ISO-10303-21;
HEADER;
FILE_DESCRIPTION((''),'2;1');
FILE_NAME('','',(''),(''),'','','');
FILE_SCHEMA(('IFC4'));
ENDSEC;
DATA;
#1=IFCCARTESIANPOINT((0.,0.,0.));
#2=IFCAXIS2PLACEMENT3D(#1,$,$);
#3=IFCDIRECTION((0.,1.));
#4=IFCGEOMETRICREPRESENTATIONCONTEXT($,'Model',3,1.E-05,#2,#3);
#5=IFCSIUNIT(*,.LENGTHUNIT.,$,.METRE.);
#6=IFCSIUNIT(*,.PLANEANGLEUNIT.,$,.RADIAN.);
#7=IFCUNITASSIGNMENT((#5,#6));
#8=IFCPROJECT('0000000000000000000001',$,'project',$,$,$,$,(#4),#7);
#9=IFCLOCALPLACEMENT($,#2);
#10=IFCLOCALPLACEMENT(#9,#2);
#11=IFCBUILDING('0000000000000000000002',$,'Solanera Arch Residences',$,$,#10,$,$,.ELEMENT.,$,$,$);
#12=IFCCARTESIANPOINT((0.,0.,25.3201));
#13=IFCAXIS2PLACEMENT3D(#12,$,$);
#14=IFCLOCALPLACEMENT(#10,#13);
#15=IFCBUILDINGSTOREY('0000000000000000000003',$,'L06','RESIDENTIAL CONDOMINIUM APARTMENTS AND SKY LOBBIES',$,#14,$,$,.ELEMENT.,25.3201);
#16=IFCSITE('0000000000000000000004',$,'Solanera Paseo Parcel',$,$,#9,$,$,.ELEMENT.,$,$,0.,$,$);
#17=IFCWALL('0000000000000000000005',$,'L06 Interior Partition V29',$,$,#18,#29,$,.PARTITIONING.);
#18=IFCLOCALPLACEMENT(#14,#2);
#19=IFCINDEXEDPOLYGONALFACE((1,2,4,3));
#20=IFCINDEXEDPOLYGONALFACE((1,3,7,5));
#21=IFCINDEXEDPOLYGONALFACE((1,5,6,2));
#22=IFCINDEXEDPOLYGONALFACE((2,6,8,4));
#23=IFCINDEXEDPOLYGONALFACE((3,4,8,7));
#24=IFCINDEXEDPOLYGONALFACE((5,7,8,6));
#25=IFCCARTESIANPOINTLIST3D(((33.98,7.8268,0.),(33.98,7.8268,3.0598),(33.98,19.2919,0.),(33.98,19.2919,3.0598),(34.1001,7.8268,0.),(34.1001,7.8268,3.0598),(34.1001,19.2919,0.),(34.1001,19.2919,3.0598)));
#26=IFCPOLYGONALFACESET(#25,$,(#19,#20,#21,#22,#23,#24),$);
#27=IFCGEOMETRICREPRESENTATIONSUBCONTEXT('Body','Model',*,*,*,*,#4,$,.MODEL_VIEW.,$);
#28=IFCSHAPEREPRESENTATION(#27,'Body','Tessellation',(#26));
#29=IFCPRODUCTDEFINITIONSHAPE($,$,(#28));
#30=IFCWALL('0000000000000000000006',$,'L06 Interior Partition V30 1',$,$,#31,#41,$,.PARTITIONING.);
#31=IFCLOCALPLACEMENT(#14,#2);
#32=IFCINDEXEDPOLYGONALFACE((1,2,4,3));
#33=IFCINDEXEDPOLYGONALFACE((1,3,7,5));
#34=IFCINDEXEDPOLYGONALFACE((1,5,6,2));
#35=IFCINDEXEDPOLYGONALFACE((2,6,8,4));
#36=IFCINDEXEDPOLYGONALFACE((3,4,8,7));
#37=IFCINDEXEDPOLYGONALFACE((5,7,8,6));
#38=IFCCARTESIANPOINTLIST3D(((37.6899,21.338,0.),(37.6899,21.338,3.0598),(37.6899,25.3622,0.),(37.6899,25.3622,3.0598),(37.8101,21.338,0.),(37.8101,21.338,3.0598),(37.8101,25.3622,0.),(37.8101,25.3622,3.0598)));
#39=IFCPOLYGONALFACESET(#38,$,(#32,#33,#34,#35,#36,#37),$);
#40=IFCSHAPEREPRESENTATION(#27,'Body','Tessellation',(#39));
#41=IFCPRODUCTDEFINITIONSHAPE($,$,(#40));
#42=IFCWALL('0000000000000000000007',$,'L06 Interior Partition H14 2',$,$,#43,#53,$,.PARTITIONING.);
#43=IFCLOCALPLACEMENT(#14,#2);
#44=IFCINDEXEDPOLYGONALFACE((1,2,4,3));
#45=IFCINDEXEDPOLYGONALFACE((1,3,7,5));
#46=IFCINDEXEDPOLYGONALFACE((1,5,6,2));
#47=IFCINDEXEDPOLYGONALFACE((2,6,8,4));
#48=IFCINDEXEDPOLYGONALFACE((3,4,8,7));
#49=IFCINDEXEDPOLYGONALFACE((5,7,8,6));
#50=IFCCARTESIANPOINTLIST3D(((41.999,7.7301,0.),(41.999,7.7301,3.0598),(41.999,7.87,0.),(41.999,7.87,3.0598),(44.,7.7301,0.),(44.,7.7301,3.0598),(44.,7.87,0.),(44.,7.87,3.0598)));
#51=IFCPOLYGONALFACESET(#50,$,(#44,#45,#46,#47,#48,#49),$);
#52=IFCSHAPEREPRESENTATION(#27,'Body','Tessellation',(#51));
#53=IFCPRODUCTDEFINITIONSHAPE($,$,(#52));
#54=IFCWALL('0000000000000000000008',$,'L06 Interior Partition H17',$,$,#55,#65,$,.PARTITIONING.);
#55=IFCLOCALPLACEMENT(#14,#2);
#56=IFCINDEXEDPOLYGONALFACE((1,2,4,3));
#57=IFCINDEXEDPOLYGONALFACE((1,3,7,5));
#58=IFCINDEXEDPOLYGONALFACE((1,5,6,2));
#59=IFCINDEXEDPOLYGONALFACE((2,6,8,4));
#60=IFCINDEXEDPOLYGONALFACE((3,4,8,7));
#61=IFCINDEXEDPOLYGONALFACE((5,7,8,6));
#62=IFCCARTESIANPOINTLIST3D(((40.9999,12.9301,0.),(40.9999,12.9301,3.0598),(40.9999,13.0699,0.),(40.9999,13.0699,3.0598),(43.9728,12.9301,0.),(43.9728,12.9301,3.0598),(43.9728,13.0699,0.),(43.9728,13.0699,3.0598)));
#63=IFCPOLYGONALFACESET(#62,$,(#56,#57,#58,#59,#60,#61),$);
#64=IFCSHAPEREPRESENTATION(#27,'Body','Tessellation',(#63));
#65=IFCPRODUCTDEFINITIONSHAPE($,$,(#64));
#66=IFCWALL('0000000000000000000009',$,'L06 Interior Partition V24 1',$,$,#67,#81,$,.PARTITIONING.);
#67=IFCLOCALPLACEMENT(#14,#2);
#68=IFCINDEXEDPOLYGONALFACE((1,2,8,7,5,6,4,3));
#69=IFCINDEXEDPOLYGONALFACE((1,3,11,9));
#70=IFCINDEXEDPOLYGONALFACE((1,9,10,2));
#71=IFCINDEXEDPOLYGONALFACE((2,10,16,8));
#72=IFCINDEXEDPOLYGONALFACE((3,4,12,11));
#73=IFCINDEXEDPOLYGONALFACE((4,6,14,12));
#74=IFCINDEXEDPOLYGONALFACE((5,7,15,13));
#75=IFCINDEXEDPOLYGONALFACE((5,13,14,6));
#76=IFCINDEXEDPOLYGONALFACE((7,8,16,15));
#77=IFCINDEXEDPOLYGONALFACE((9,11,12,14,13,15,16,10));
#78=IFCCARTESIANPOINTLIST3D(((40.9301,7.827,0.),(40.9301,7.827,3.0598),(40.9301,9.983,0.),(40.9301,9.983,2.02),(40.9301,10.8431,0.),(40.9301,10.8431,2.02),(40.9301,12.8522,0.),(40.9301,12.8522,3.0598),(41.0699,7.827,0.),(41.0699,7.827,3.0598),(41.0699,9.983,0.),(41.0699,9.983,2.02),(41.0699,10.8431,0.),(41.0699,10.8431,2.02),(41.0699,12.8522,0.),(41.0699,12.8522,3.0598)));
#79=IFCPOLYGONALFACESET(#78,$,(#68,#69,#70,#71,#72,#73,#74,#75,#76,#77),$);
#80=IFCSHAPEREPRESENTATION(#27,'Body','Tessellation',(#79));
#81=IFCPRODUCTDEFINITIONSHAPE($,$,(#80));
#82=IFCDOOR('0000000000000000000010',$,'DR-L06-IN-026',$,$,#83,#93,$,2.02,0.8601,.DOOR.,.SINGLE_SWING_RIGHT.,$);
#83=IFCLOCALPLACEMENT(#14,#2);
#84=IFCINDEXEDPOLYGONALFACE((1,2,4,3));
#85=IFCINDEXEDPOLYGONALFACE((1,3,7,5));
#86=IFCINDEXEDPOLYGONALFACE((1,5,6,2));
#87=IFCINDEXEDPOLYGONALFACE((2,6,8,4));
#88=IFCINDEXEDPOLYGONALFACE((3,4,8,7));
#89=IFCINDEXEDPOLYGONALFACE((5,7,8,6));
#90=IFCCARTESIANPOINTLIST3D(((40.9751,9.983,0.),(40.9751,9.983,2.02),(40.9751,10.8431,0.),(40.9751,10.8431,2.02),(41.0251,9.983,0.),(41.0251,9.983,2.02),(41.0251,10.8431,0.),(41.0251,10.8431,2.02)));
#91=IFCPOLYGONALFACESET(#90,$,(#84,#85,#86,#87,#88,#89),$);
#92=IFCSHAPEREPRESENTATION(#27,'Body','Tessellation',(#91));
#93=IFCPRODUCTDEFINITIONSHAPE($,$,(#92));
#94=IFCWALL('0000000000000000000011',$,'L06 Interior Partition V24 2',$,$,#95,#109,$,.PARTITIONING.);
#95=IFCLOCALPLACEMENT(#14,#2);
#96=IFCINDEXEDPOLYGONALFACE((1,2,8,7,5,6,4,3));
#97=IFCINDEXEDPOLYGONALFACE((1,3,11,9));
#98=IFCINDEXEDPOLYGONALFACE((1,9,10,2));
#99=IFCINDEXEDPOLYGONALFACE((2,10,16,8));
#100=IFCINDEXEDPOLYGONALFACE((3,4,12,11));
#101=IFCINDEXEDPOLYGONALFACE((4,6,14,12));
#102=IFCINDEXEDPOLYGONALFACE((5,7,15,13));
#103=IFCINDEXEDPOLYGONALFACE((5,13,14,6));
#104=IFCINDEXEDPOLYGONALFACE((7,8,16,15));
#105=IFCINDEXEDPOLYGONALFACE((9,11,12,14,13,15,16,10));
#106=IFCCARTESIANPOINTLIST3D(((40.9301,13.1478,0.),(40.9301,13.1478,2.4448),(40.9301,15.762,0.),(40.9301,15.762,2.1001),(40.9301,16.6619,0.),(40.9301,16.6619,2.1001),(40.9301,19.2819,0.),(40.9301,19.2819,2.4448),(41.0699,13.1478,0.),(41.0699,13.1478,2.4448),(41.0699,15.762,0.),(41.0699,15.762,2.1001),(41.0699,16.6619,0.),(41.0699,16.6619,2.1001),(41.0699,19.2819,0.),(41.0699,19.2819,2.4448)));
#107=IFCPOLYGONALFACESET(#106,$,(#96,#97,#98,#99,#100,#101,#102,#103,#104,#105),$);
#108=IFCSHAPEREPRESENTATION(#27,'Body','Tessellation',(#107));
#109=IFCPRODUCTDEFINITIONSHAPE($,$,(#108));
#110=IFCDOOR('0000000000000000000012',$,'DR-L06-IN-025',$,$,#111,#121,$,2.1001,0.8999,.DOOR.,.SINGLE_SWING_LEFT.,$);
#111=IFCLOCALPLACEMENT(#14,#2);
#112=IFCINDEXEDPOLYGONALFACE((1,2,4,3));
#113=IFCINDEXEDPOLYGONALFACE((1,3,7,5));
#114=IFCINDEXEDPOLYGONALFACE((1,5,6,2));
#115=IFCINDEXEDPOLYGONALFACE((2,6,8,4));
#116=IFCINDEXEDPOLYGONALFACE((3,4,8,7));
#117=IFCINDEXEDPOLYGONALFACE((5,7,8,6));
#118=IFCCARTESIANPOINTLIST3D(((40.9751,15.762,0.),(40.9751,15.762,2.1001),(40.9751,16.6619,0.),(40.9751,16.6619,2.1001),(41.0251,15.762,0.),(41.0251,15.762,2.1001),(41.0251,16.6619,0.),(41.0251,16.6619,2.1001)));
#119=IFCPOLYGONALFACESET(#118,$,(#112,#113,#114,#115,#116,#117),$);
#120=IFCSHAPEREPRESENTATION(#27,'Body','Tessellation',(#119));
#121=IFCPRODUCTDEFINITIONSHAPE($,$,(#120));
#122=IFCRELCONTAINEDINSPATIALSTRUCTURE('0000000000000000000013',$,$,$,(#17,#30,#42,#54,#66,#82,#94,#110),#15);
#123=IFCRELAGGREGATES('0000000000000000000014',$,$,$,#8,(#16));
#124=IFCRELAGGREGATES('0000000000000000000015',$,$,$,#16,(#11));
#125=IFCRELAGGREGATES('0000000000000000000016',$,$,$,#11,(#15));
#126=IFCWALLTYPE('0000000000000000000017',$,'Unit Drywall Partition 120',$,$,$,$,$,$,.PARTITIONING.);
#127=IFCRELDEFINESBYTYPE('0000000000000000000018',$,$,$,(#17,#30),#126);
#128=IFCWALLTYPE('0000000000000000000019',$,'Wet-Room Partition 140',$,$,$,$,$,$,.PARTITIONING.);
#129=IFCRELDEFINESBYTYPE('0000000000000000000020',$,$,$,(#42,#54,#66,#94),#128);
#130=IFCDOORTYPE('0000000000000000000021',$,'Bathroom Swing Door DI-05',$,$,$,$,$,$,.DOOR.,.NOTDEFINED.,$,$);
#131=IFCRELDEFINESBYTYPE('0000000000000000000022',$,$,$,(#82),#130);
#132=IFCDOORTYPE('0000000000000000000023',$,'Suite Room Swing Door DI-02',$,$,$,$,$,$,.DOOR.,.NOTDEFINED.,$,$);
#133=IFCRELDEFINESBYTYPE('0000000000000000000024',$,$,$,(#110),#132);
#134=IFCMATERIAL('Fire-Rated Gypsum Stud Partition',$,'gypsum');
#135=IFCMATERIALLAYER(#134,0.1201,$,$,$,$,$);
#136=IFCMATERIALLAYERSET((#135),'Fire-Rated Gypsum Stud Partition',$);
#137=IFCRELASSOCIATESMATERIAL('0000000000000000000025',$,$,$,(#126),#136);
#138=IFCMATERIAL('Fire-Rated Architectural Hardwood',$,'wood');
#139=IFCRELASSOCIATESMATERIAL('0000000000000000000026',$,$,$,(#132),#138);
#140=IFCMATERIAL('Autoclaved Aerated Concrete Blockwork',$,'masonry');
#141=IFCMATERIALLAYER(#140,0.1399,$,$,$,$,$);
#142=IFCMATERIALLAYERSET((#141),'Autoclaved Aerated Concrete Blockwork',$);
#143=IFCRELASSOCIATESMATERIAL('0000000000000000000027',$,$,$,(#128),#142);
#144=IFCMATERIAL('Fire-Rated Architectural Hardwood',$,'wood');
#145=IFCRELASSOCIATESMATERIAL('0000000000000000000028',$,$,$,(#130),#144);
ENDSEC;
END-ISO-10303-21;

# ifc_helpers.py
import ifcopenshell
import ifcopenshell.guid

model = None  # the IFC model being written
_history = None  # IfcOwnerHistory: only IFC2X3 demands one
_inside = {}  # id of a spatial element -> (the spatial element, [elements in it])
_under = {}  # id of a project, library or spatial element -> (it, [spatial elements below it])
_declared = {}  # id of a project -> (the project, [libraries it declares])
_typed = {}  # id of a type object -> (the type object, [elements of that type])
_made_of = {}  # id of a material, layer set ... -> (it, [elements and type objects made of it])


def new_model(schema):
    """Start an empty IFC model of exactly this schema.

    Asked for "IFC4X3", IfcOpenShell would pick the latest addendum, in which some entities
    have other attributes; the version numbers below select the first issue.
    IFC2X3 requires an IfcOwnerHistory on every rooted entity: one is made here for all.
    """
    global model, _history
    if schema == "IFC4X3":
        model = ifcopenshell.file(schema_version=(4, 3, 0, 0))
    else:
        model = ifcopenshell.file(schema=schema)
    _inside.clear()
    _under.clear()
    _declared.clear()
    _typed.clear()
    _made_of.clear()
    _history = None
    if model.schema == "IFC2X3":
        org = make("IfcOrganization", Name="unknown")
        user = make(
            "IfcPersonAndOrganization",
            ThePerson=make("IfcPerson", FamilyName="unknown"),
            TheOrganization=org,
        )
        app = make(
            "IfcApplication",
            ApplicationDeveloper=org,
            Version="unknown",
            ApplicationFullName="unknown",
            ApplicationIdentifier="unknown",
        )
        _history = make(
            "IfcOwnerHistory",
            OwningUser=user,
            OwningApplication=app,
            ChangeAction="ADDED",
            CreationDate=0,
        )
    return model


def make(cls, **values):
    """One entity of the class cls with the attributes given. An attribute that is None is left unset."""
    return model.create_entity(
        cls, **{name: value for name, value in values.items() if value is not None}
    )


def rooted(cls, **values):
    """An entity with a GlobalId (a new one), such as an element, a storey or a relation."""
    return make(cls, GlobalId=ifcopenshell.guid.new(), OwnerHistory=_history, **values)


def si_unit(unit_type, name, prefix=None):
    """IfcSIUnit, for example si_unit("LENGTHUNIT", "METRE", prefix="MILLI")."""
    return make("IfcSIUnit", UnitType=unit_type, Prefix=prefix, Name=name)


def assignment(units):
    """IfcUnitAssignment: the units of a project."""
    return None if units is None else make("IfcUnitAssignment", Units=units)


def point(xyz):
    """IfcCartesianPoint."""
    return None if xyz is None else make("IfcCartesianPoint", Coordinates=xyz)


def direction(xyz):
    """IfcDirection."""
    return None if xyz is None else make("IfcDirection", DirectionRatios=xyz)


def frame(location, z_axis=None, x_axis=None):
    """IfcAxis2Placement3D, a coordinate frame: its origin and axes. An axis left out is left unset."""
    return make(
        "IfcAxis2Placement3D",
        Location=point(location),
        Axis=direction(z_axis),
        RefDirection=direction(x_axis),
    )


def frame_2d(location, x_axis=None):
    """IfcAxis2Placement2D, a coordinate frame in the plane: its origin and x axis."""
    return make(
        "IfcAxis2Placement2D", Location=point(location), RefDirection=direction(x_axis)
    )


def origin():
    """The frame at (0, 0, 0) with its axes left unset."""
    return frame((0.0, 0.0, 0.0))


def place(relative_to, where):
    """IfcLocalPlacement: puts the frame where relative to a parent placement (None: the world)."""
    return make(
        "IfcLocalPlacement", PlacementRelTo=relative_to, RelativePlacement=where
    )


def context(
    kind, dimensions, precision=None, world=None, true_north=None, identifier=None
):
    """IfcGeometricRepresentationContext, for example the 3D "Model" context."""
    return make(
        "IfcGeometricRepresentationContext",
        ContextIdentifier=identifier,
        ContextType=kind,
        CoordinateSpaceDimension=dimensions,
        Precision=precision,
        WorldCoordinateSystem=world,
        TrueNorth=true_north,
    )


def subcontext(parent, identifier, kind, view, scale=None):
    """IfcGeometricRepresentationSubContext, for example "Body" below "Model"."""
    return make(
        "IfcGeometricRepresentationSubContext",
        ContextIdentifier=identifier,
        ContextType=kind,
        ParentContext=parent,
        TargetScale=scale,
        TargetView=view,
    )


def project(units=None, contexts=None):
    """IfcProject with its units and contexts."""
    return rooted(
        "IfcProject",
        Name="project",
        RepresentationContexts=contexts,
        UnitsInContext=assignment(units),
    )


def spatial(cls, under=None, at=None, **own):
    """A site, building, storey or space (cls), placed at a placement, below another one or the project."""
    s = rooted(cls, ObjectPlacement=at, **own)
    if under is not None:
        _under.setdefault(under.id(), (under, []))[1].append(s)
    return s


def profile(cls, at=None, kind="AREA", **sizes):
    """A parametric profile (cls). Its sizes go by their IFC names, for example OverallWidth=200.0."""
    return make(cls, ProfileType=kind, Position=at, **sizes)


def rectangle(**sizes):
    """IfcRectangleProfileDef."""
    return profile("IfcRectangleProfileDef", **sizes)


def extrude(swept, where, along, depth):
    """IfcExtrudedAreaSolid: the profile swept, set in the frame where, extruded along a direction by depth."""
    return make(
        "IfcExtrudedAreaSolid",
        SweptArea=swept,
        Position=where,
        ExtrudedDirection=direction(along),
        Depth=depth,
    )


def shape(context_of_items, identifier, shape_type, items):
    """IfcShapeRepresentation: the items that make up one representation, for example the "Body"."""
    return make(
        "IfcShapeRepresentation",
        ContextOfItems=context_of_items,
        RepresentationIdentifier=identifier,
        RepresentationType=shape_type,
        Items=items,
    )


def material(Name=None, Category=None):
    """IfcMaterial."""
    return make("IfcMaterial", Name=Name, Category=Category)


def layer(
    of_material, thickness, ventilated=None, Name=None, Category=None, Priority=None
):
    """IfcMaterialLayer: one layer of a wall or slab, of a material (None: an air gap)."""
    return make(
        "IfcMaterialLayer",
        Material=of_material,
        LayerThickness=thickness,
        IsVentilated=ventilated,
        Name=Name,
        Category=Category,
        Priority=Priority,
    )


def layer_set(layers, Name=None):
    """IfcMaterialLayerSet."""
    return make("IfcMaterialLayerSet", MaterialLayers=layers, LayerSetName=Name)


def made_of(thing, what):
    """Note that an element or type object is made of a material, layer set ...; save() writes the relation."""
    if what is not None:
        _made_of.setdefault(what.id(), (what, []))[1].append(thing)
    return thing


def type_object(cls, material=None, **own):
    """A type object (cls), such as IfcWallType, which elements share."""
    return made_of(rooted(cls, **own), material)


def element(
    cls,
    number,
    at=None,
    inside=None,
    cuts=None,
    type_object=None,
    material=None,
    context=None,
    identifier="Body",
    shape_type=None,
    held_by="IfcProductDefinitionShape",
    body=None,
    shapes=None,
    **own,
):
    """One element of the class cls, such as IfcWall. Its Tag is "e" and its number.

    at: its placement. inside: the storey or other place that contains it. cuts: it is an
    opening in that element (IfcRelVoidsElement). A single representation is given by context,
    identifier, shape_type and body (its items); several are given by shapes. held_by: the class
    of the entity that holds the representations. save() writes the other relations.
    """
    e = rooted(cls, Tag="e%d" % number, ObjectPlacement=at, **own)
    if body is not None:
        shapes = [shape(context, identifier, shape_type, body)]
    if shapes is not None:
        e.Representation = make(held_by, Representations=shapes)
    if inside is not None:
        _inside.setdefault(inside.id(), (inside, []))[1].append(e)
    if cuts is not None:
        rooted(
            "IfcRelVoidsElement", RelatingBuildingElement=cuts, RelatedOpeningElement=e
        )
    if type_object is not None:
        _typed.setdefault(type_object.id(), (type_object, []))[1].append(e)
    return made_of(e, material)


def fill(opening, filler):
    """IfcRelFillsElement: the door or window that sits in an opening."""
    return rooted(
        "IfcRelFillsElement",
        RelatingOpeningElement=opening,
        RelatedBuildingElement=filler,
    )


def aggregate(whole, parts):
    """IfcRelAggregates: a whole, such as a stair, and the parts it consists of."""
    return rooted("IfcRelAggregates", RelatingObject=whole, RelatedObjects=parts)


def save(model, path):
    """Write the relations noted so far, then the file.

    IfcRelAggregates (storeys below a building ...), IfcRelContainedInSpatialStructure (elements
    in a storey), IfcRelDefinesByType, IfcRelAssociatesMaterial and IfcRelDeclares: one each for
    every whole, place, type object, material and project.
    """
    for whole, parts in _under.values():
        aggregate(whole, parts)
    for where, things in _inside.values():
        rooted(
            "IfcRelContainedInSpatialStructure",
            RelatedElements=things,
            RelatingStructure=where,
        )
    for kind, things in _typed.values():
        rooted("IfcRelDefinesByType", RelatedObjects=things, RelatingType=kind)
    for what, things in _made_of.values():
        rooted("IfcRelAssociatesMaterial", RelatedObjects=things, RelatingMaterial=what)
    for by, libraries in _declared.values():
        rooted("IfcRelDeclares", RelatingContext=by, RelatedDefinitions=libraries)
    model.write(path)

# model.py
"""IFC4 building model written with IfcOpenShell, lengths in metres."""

from ifc_helpers import new_model, si_unit, direction, frame, frame_2d, origin, place, context, subcontext, project, spatial, rectangle, extrude, material, layer, layer_set, type_object, element, fill, save


model = new_model("IFC4")

# Units and contexts
model_context = context("Model", 3, precision=1e-05, world=origin(), true_north=direction((0.0, 1.0)))
body_context = subcontext(model_context, "Body", "Model", "MODEL_VIEW")
ifc_project = project(units=[si_unit("LENGTHUNIT", "METRE"), si_unit("PLANEANGLEUNIT", "RADIAN")], contexts=[model_context])

# Site, building, storey
site_placement = place(None, origin())
site = spatial("IfcSite", under=ifc_project, at=site_placement, Name="Solanera Paseo Parcel", CompositionType="ELEMENT", RefElevation=0.0)
building_placement = place(site_placement, origin())
building = spatial("IfcBuilding", under=site, at=building_placement, Name="Solanera Arch Residences", CompositionType="ELEMENT")
storey_placement = place(building_placement, frame((0.0, 0.0, 25.3201)))
storey = spatial("IfcBuildingStorey", under=building, at=storey_placement, Name="L06", Description="RESIDENTIAL CONDOMINIUM APARTMENTS AND SKY LOBBIES", CompositionType="ELEMENT", Elevation=25.3201)

# Shared definitions
ifc_material_1 = material(Name="Fire-Rated Gypsum Stud Partition", Category="gypsum")
ifc_layer_1 = layer(ifc_material_1, 0.1201)
ifc_layer_set_1 = layer_set([ifc_layer_1], Name="Fire-Rated Gypsum Stud Partition")
wall_type_1 = type_object("IfcWallType", Name="Unit Drywall Partition 120", PredefinedType="PARTITIONING", material=ifc_layer_set_1)
ifc_material_2 = material(Name="Fire-Rated Architectural Hardwood", Category="wood")
door_type_1 = type_object("IfcDoorType", Name="Suite Room Swing Door DI-02", OperationType="NOTDEFINED", PredefinedType="DOOR", material=ifc_material_2)

# Walls
wall_1_placement = place(storey_placement, frame((34.04, 7.8269, 0.0), z_axis=(0.0, 0.0, 1.0), x_axis=(0.0, 1.0, 0.0)))
element("IfcWall", 1, at=wall_1_placement, inside=storey, type_object=wall_type_1, Name="L06 Interior Partition V29", PredefinedType="PARTITIONING", context=body_context, shape_type="SweptSolid", body=[
    extrude(rectangle(XDim=11.4651, YDim=0.1201, at=frame_2d((5.7324, 0.0))), origin(), (0.0, 0.0, 1.0), 3.0598),
])
wall_2_placement = place(storey_placement, frame((37.75, 21.3379, 0.0), z_axis=(0.0, 0.0, 1.0), x_axis=(0.0, 1.0, 0.0)))
element("IfcWall", 2, at=wall_2_placement, inside=storey, type_object=wall_type_1, Name="L06 Interior Partition V30 1", PredefinedType="PARTITIONING", context=body_context, shape_type="SweptSolid", body=[
    extrude(rectangle(XDim=4.0242, YDim=0.1201, at=frame_2d((2.0122, 0.0))), origin(), (0.0, 0.0, 1.0), 3.0598),
])
ifc_material_3 = material(Name="Autoclaved Aerated Concrete Blockwork", Category="masonry")
ifc_layer_2 = layer(ifc_material_3, 0.1399)
ifc_layer_set_2 = layer_set([ifc_layer_2], Name="Autoclaved Aerated Concrete Blockwork")
wall_type_2 = type_object("IfcWallType", Name="Wet-Room Partition 140", PredefinedType="PARTITIONING", material=ifc_layer_set_2)
wall_3_placement = place(storey_placement, frame((41.999, 7.8, 0.0), z_axis=(0.0, 0.0, 1.0), x_axis=(1.0, 0.0, 0.0)))
element("IfcWall", 3, at=wall_3_placement, inside=storey, type_object=wall_type_2, Name="L06 Interior Partition H14 2", PredefinedType="PARTITIONING", context=body_context, shape_type="SweptSolid", body=[
    extrude(rectangle(XDim=2.001, YDim=0.1399, at=frame_2d((1.0005, 0.0))), origin(), (0.0, 0.0, 1.0), 3.0598),
])
wall_4_placement = place(storey_placement, frame((41.0, 13.0, 0.0), z_axis=(0.0, 0.0, 1.0), x_axis=(1.0, 0.0, 0.0)))
element("IfcWall", 4, at=wall_4_placement, inside=storey, type_object=wall_type_2, Name="L06 Interior Partition H17", PredefinedType="PARTITIONING", context=body_context, shape_type="SweptSolid", body=[
    extrude(rectangle(XDim=2.9729, YDim=0.1399, at=frame_2d((1.4863, 0.0))), origin(), (0.0, 0.0, 1.0), 3.0598),
])

# Walls, openings, doors
wall_5_placement = place(storey_placement, frame((41.0, 7.8269, 0.0), z_axis=(0.0, 0.0, 1.0), x_axis=(0.0, 1.0, 0.0)))
wall_5 = element("IfcWall", 5, at=wall_5_placement, inside=storey, type_object=wall_type_2, Name="L06 Interior Partition V24 1", PredefinedType="PARTITIONING", context=body_context, shape_type="SweptSolid", body=[
    extrude(rectangle(XDim=5.0251, YDim=0.1399, at=frame_2d((2.5127, 0.0))), origin(), (0.0, 0.0, 1.0), 3.0598),
])
opening_1_placement = place(wall_5_placement, frame((2.156, 0.0, 0.0)))
opening_1 = element("IfcOpeningElement", 6, at=opening_1_placement, cuts=wall_5, PredefinedType="OPENING", context=body_context, shape_type="SweptSolid", body=[
    extrude(rectangle(XDim=0.8601, YDim=2.02, at=frame_2d((0.4302, 1.01))), frame((0.0, 0.0798, 0.0), z_axis=(0.0, -1.0, 0.0), x_axis=(1.0, 0.0, 0.0)), (0.0, 0.0, 1.0), 0.1599),
])
ifc_material_4 = material(Name="Fire-Rated Architectural Hardwood", Category="wood")
door_type_2 = type_object("IfcDoorType", Name="Bathroom Swing Door DI-05", OperationType="NOTDEFINED", PredefinedType="DOOR", material=ifc_material_4)
door_1_placement = place(opening_1_placement, origin())
door_1 = element("IfcDoor", 7, at=door_1_placement, inside=storey, type_object=door_type_2, Name="DR-L06-IN-026", OperationType="SINGLE_SWING_RIGHT", OverallHeight=2.02, OverallWidth=0.8601, PredefinedType="DOOR", context=body_context, shape_type="SweptSolid", body=[
    extrude(rectangle(XDim=0.8601, YDim=2.02, at=frame_2d((0.4302, 1.01))), frame((0.0, 0.0249, 0.0), z_axis=(0.0, -1.0, 0.0), x_axis=(1.0, 0.0, 0.0)), (0.0, 0.0, 1.0), 0.05),
])
fill(opening_1, door_1)
wall_6_placement = place(storey_placement, frame((41.0, 13.1479, 0.0), z_axis=(0.0, 0.0, 1.0), x_axis=(0.0, 1.0, 0.0)))
wall_6 = element("IfcWall", 8, at=wall_6_placement, inside=storey, type_object=wall_type_2, Name="L06 Interior Partition V24 2", PredefinedType="PARTITIONING", context=body_context, shape_type="SweptSolid", body=[
    extrude(rectangle(XDim=6.134, YDim=0.1399, at=frame_2d((3.0669, 0.0))), origin(), (0.0, 0.0, 1.0), 2.4448),
])
opening_2_placement = place(wall_6_placement, frame((2.614, 0.0, 0.0)))
opening_2 = element("IfcOpeningElement", 9, at=opening_2_placement, cuts=wall_6, PredefinedType="OPENING", context=body_context, shape_type="SweptSolid", body=[
    extrude(rectangle(XDim=0.8999, YDim=2.1001, at=frame_2d((0.45, 1.05))), frame((0.0, 0.0798, 0.0), z_axis=(0.0, -1.0, 0.0), x_axis=(1.0, 0.0, 0.0)), (0.0, 0.0, 1.0), 0.1599),
])
door_2_placement = place(opening_2_placement, origin())
door_2 = element("IfcDoor", 10, at=door_2_placement, inside=storey, type_object=door_type_1, Name="DR-L06-IN-025", OperationType="SINGLE_SWING_LEFT", OverallHeight=2.1001, OverallWidth=0.8999, PredefinedType="DOOR", context=body_context, shape_type="SweptSolid", body=[
    extrude(rectangle(XDim=0.8999, YDim=2.1001, at=frame_2d((0.45, 1.05))), frame((0.0, 0.0249, 0.0), z_axis=(0.0, -1.0, 0.0), x_axis=(1.0, 0.0, 0.0)), (0.0, 0.0, 1.0), 0.05),
])
fill(opening_2, door_2)

save(model, "model.ifc")
